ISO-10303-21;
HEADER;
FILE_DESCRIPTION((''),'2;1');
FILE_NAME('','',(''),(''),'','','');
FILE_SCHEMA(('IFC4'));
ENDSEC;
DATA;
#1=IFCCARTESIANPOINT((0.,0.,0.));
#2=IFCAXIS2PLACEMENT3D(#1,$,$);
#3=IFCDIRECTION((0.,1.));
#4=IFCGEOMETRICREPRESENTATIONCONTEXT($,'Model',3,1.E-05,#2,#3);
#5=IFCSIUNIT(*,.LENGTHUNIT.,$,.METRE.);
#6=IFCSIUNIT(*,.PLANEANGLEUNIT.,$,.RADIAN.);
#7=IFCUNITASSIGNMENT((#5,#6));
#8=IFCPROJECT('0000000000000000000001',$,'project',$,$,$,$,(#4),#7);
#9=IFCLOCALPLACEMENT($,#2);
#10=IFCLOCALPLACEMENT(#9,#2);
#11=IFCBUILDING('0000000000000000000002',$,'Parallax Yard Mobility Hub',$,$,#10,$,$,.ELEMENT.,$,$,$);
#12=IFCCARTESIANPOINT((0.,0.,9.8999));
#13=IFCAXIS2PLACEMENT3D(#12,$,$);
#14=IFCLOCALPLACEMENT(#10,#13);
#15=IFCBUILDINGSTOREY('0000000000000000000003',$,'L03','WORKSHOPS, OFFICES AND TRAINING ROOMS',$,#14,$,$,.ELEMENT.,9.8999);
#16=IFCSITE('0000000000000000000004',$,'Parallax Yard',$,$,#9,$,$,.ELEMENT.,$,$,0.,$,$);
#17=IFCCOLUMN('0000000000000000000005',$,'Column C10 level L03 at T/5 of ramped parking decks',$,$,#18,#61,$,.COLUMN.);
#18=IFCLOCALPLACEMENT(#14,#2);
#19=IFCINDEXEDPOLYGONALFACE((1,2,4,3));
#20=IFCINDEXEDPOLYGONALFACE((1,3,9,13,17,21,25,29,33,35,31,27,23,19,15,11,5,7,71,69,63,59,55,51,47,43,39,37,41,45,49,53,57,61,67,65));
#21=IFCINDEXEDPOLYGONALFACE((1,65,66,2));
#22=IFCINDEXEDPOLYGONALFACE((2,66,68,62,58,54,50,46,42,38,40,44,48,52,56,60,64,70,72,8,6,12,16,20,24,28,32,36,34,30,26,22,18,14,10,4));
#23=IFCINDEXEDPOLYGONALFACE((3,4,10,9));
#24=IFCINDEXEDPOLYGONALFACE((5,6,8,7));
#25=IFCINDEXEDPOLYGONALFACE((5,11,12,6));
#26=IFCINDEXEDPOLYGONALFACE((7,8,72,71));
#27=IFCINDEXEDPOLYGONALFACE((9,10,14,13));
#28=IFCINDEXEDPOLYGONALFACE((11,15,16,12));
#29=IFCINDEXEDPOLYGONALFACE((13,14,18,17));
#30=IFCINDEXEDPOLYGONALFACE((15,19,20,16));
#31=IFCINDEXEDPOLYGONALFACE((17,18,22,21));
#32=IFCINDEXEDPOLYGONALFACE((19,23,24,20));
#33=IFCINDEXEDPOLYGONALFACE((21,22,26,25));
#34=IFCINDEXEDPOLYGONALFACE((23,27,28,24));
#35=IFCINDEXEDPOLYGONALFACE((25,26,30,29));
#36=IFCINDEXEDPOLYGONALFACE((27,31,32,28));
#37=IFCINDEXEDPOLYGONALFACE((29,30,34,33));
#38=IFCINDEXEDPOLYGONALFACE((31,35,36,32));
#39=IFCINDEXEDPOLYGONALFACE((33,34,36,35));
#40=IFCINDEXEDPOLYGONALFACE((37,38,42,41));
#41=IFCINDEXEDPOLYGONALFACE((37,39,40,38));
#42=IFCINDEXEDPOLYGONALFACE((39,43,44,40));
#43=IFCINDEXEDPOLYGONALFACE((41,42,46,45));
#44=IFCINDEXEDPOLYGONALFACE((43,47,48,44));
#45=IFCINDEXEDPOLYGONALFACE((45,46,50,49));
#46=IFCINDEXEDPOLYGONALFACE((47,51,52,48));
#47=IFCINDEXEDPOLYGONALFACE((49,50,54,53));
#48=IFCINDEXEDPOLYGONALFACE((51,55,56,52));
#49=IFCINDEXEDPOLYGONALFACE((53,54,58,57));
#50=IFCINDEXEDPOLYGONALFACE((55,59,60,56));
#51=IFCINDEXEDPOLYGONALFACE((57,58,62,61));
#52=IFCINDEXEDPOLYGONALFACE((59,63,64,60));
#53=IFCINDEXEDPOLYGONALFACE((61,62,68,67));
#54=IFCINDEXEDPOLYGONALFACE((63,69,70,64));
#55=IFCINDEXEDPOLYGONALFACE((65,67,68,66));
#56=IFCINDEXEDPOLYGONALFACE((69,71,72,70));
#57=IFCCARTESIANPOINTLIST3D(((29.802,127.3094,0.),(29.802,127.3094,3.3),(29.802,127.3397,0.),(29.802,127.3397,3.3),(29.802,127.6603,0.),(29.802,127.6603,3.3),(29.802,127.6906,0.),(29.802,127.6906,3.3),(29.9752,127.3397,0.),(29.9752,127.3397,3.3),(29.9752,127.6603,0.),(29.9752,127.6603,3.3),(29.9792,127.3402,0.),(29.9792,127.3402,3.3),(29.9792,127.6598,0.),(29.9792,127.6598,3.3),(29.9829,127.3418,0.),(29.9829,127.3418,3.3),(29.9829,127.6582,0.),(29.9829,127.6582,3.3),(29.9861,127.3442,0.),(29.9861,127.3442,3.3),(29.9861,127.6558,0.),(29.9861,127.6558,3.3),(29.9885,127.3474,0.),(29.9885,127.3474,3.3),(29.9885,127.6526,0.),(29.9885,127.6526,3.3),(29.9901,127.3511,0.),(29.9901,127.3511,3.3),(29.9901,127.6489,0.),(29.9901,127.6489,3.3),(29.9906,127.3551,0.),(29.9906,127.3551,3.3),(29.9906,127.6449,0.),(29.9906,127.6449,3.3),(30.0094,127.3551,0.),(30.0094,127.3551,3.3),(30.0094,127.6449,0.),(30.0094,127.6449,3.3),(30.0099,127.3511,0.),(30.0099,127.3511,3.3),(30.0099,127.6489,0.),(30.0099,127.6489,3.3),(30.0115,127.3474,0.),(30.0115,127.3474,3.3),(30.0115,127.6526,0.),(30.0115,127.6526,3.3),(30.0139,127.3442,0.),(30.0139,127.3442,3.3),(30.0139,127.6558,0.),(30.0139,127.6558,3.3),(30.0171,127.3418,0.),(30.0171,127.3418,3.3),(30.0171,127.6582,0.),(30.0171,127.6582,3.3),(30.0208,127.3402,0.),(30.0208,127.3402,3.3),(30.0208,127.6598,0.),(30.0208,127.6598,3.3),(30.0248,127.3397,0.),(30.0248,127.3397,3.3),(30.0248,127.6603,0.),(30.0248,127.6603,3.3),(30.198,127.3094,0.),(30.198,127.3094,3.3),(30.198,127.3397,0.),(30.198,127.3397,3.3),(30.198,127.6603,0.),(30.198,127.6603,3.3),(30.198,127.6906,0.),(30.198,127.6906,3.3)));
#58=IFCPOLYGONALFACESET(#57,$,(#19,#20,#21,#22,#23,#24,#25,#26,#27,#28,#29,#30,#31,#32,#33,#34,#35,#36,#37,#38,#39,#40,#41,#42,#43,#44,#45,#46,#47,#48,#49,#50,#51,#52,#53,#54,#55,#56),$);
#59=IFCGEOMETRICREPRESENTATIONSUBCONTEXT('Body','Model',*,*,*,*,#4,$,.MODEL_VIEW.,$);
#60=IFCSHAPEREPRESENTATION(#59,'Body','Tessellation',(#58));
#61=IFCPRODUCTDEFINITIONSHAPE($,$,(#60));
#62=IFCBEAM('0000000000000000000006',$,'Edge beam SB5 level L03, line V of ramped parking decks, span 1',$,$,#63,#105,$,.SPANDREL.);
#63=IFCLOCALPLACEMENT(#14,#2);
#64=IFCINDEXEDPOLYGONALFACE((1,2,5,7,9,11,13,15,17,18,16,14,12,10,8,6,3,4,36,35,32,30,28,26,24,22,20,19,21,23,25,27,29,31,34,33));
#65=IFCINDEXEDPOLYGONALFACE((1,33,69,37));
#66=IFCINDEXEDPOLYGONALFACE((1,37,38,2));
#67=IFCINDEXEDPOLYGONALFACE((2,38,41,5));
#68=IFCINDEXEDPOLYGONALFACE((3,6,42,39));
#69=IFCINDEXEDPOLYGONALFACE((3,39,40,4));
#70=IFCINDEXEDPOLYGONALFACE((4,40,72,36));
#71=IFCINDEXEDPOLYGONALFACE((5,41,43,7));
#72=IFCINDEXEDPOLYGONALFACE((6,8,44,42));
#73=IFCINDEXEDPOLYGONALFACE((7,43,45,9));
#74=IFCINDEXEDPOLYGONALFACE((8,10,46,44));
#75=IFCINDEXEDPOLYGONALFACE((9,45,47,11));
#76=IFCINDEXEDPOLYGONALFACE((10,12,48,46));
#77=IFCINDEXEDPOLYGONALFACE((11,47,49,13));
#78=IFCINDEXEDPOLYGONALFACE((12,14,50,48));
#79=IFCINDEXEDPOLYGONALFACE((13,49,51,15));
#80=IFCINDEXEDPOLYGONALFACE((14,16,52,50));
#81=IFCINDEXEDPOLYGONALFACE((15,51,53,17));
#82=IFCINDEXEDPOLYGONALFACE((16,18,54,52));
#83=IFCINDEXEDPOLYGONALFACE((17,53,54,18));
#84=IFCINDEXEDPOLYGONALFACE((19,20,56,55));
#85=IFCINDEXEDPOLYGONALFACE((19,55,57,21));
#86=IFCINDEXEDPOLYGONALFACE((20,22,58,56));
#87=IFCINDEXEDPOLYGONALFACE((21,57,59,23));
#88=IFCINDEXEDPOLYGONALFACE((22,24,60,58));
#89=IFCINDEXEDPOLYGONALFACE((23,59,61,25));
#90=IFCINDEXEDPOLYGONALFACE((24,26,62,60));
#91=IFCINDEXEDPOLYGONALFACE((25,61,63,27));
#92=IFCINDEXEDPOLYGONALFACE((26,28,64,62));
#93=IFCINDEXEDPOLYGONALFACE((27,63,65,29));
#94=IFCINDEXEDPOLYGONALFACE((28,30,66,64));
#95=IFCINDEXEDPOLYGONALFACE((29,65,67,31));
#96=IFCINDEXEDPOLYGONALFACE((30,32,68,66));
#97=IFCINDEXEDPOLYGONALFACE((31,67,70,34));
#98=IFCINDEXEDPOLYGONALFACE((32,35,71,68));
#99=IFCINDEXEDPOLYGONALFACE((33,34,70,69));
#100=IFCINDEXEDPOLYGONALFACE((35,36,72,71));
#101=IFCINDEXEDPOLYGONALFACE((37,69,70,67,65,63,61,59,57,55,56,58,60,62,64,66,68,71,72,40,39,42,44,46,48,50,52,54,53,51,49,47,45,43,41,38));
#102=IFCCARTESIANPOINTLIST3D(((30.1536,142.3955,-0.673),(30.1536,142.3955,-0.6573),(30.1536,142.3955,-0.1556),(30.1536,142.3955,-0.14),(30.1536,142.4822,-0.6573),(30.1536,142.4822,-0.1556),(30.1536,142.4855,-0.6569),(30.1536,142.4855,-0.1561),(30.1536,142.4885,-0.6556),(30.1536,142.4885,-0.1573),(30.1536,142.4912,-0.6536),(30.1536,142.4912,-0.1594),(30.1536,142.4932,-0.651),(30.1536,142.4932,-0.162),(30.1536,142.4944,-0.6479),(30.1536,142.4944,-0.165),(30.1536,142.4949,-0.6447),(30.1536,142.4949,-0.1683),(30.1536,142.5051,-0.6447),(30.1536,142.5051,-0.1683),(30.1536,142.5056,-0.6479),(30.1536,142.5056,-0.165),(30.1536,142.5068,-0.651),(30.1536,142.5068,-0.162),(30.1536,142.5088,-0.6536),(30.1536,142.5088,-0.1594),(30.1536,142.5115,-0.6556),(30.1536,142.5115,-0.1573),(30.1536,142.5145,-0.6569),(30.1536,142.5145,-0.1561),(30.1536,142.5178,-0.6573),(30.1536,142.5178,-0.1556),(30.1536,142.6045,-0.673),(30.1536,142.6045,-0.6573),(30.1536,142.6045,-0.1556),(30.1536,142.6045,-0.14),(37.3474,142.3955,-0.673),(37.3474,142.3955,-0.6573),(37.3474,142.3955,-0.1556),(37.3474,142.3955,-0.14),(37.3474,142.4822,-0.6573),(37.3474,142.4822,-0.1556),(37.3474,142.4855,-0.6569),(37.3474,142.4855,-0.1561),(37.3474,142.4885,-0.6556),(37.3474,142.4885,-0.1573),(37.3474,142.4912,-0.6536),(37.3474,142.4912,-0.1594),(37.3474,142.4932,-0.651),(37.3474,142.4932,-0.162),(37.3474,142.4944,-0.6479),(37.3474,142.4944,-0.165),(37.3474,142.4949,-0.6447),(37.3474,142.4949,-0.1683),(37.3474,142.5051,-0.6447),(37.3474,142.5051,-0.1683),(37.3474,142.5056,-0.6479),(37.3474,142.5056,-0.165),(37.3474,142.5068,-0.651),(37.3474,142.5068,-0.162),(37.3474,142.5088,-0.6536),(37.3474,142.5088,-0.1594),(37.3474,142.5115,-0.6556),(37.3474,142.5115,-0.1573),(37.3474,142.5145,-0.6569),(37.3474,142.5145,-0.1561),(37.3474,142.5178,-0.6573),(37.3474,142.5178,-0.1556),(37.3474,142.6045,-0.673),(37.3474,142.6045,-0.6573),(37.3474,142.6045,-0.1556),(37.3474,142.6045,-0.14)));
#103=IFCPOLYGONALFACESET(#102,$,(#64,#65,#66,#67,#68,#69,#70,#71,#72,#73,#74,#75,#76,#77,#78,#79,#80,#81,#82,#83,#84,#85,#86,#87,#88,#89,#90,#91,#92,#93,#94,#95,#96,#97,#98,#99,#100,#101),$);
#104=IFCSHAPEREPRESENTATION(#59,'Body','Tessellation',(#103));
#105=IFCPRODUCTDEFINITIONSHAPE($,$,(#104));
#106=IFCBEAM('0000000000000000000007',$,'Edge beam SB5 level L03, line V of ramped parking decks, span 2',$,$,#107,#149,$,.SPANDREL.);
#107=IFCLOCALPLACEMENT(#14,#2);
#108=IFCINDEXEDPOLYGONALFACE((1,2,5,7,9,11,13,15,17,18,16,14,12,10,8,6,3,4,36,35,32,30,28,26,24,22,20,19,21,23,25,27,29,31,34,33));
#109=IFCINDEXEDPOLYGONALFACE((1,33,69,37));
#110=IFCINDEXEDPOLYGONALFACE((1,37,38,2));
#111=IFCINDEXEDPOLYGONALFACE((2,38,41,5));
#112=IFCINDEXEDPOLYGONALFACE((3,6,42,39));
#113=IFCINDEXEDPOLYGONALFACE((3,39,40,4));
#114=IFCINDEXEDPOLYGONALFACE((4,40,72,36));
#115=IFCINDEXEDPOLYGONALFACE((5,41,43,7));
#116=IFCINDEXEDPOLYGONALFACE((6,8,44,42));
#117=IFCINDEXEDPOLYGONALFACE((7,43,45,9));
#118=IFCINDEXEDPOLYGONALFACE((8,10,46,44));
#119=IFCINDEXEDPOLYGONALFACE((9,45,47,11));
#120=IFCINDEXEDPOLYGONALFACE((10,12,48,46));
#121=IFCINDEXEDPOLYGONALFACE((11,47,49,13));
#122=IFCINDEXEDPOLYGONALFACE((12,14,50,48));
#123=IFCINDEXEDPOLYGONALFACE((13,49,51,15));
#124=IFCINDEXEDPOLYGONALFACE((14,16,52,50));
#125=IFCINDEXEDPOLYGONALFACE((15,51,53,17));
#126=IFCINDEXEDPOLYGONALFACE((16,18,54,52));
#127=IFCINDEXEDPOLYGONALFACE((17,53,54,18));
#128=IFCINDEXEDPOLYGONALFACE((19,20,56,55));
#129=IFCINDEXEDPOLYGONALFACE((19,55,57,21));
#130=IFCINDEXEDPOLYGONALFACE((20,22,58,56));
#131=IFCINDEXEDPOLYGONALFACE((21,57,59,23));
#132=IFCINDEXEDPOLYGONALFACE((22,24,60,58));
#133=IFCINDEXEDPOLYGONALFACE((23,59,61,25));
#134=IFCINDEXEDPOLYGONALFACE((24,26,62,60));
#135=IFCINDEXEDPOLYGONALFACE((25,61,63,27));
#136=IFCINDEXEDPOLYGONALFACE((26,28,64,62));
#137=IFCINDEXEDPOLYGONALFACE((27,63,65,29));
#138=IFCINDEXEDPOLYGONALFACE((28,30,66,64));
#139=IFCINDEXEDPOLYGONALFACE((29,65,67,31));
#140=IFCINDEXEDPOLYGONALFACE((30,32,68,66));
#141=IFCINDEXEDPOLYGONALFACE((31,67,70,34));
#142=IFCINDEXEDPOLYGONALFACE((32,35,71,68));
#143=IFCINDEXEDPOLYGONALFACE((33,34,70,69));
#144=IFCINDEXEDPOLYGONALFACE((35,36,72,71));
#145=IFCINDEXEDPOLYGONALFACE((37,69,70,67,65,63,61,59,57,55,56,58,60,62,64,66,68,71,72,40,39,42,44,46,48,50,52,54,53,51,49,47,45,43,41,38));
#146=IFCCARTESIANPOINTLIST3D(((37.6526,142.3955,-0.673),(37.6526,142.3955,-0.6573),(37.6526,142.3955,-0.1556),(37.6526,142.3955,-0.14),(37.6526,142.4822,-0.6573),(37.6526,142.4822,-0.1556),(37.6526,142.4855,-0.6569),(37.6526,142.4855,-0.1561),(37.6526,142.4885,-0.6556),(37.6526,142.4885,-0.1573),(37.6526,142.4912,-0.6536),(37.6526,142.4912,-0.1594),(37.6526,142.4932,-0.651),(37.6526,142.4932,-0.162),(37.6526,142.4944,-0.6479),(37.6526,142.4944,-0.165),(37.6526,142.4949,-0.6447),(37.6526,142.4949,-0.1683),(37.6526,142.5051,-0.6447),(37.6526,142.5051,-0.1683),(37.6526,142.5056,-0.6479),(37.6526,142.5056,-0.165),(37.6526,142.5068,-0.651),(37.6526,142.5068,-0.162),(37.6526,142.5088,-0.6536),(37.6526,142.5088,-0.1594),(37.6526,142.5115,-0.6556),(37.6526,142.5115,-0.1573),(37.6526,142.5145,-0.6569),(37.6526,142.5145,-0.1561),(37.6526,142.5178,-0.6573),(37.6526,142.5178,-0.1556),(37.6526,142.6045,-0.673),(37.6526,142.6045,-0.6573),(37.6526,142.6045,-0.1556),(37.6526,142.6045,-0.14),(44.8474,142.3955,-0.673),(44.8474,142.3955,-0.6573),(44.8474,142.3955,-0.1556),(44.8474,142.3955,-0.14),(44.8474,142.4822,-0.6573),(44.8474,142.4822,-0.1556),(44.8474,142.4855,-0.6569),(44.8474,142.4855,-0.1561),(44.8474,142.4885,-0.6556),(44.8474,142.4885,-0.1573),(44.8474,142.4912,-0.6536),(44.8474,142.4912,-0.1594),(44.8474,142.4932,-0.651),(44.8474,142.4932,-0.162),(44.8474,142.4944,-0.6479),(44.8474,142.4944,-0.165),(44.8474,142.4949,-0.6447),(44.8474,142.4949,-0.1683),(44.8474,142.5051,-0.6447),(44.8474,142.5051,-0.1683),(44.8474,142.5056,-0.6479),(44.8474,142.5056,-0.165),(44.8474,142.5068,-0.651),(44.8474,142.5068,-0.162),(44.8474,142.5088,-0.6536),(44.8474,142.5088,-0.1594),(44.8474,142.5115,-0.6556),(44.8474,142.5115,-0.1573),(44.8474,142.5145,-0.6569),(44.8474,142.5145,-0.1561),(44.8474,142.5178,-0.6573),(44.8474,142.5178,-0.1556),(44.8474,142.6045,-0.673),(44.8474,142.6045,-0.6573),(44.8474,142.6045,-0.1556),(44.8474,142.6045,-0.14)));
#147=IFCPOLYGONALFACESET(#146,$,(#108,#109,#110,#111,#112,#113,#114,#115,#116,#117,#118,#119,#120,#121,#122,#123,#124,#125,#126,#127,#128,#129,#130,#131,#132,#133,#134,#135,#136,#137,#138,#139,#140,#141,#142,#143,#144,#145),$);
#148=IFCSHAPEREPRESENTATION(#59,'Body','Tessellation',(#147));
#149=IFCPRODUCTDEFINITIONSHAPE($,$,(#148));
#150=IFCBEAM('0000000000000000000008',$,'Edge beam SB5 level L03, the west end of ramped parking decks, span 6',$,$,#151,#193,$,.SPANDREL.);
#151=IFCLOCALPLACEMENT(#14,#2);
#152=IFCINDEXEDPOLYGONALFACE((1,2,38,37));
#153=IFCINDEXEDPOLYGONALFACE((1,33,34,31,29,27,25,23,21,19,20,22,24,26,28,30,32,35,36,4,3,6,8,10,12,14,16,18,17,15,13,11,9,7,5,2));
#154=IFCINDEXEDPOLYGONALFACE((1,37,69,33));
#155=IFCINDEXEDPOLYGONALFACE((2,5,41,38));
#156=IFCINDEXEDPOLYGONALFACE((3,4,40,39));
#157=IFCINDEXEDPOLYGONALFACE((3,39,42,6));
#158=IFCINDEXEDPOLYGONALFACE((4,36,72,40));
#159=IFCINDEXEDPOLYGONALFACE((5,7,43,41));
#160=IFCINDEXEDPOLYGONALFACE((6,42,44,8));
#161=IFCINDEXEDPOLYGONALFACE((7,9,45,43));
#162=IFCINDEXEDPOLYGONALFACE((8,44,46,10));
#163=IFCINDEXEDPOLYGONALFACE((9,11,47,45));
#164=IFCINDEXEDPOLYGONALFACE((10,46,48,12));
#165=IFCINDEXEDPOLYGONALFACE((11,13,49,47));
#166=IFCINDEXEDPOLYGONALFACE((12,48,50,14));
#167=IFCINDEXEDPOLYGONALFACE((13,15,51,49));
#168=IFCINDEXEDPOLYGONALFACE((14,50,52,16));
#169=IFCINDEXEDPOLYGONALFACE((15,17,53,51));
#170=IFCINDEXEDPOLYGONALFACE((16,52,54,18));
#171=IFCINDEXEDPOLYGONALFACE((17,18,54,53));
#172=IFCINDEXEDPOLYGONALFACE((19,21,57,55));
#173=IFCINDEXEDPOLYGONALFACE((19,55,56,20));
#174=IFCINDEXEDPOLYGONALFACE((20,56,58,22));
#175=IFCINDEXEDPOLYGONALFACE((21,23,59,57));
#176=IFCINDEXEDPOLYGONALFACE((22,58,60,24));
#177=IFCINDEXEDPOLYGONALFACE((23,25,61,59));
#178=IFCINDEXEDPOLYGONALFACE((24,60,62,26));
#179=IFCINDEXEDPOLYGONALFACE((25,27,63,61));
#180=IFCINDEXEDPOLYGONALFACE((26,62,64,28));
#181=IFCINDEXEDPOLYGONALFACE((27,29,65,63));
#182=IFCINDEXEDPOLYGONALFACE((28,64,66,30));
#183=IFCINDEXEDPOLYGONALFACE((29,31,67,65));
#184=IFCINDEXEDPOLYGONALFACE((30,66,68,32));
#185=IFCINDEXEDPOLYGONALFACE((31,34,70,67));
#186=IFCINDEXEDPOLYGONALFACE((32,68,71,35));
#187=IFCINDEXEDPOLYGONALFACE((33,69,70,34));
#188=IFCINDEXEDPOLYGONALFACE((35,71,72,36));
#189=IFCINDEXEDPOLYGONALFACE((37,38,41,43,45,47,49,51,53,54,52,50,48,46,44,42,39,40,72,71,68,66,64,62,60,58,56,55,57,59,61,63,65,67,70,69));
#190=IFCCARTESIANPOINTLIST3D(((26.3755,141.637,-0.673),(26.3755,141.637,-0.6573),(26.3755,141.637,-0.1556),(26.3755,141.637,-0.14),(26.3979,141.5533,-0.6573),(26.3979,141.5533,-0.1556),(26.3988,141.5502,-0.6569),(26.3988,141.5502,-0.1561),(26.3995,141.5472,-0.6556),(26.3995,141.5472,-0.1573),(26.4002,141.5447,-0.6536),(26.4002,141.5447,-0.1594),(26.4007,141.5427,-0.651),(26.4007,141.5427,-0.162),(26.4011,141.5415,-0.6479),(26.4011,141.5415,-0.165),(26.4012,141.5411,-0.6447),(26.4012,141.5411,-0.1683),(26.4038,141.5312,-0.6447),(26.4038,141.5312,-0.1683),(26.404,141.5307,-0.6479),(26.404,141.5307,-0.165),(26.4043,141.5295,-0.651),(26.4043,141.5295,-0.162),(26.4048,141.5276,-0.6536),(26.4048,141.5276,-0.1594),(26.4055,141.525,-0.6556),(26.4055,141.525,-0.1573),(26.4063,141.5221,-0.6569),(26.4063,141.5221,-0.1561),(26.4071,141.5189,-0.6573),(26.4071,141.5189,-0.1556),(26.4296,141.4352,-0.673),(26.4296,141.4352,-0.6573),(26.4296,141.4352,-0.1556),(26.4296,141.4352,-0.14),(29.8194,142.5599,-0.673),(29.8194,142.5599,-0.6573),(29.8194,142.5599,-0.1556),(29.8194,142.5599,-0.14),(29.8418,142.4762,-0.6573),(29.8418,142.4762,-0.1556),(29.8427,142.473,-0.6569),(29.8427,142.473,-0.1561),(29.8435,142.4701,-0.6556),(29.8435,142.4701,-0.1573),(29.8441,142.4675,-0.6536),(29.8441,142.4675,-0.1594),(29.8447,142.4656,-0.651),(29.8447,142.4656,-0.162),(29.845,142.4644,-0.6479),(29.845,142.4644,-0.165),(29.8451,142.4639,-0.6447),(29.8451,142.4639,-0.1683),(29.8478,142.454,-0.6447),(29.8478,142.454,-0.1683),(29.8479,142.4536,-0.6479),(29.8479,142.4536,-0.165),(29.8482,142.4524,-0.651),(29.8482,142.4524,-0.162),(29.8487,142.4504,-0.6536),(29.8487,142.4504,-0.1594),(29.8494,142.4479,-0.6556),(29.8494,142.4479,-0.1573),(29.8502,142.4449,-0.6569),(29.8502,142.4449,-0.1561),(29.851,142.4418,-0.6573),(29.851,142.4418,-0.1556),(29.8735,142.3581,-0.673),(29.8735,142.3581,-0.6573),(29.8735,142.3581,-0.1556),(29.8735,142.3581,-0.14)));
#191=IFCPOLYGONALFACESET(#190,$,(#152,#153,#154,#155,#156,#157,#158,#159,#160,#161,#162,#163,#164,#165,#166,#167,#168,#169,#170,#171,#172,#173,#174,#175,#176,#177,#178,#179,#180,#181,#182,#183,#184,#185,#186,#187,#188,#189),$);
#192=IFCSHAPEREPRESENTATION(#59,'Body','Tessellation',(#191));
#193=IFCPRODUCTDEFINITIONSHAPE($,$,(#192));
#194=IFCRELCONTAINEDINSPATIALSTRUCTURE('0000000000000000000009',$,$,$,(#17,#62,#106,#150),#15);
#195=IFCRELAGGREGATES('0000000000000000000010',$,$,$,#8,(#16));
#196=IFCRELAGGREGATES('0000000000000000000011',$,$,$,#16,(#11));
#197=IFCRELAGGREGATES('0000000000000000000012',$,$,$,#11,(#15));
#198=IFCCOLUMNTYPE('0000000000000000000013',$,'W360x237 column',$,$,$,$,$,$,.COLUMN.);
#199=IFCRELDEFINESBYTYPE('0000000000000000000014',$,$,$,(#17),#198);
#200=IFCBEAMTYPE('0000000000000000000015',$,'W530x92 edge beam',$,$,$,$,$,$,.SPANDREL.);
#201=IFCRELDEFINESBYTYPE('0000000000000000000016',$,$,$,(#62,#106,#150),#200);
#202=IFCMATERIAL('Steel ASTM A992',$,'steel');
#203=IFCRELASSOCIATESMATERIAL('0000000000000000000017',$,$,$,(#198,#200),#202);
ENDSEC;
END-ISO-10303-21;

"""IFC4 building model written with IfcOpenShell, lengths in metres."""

from ifc_helpers import new_model, si_unit, direction, frame, origin, origin_2d, place, context, subcontext, project, spatial, i_section, extrude, material, material_profile, profile_set, type_object, element, save


model = new_model("IFC4")

# Units and contexts
model_context = context("Model", 3, precision=1e-05, world=origin(), true_north=direction((0.0, 1.0)))
body_context = subcontext(model_context, "Body", "Model", "MODEL_VIEW")
ifc_project = project(units=[si_unit("LENGTHUNIT", "METRE"), si_unit("PLANEANGLEUNIT", "RADIAN")], contexts=[model_context])

# Site, building, storey
site_placement = place(None, origin())
site = spatial("IfcSite", under=ifc_project, at=site_placement, Name="Parallax Yard", CompositionType="ELEMENT", RefElevation=0.0)
building_placement = place(site_placement, origin())
building = spatial("IfcBuilding", under=site, at=building_placement, Name="Parallax Yard Mobility Hub", CompositionType="ELEMENT")
storey_placement = place(building_placement, frame((0.0, 0.0, 9.8999)))
storey = spatial("IfcBuildingStorey", under=building, at=storey_placement, Name="L03", Description="WORKSHOPS, OFFICES AND TRAINING ROOMS", CompositionType="ELEMENT", Elevation=9.8999)

# Column
ifc_material_1 = material(Name="Steel ASTM A992", Category="steel")
ifc_material_profile_1 = material_profile(ifc_material_1, i_section(OverallWidth=0.396, OverallDepth=0.3811, WebThickness=0.0188, FlangeThickness=0.0303, FilletRadius=0.0154, at=origin_2d()), Name="W360x237")
ifc_profile_set_1 = profile_set([ifc_material_profile_1], Name="Steel ASTM A992")
column_type_1 = type_object("IfcColumnType", Name="W360x237 column", PredefinedType="COLUMN", material=ifc_profile_set_1)
column_1_placement = place(storey_placement, frame((30.0, 127.5, 0.0), z_axis=(0.0, 0.0, 1.0), x_axis=(1.0, 0.0, 0.0)))
element("IfcColumn", 1, at=column_1_placement, inside=storey, type_object=column_type_1, Name="Column C10 level L03 at T/5 of ramped parking decks", PredefinedType="COLUMN", context=body_context, shape_type="SweptSolid", body=[
    extrude(i_section(OverallWidth=0.396, OverallDepth=0.3811, WebThickness=0.0188, FlangeThickness=0.0303, FilletRadius=0.0154, at=origin_2d()), origin(), (0.0, 0.0, 1.0), 3.3),
])

# Beams
ifc_material_profile_2 = material_profile(ifc_material_1, i_section(OverallWidth=0.209, OverallDepth=0.533, WebThickness=0.0103, FlangeThickness=0.0156, FilletRadius=0.0127, at=origin_2d()), Name="W530x92")
ifc_profile_set_2 = profile_set([ifc_material_profile_2], Name="Steel ASTM A992")
beam_type_1 = type_object("IfcBeamType", Name="W530x92 edge beam", PredefinedType="SPANDREL", material=ifc_profile_set_2)
beam_1_placement = place(storey_placement, frame((30.1536, 142.5, -0.4065), z_axis=(1.0, 0.0, 0.0), x_axis=(0.0, 1.0, 0.0)))
element("IfcBeam", 2, at=beam_1_placement, inside=storey, type_object=beam_type_1, Name="Edge beam SB5 level L03, line V of ramped parking decks, span 1", PredefinedType="SPANDREL", context=body_context, shape_type="SweptSolid", body=[
    extrude(i_section(OverallWidth=0.209, OverallDepth=0.533, WebThickness=0.0103, FlangeThickness=0.0156, FilletRadius=0.0127, at=origin_2d()), origin(), (0.0, 0.0, 1.0), 7.1938),
])
beam_2_placement = place(storey_placement, frame((37.6526, 142.5, -0.4065), z_axis=(1.0, 0.0, 0.0), x_axis=(0.0, 1.0, 0.0)))
element("IfcBeam", 3, at=beam_2_placement, inside=storey, type_object=beam_type_1, Name="Edge beam SB5 level L03, line V of ramped parking decks, span 2", PredefinedType="SPANDREL", context=body_context, shape_type="SweptSolid", body=[
    extrude(i_section(OverallWidth=0.209, OverallDepth=0.533, WebThickness=0.0103, FlangeThickness=0.0156, FilletRadius=0.0127, at=origin_2d()), origin(), (0.0, 0.0, 1.0), 7.1948),
])
beam_3_placement = place(storey_placement, frame((29.8464, 142.459, -0.4065), z_axis=(-0.965921, -0.258839, 0.0), x_axis=(0.258839, -0.965921, 0.0)))
element("IfcBeam", 4, at=beam_3_placement, inside=storey, type_object=beam_type_1, Name="Edge beam SB5 level L03, the west end of ramped parking decks, span 6", PredefinedType="SPANDREL", context=body_context, shape_type="SweptSolid", body=[
    extrude(i_section(OverallWidth=0.209, OverallDepth=0.533, WebThickness=0.0103, FlangeThickness=0.0156, FilletRadius=0.0127, at=origin_2d()), origin(), (0.0, 0.0, 1.0), 3.5654),
])

save(model, "model.ifc")
